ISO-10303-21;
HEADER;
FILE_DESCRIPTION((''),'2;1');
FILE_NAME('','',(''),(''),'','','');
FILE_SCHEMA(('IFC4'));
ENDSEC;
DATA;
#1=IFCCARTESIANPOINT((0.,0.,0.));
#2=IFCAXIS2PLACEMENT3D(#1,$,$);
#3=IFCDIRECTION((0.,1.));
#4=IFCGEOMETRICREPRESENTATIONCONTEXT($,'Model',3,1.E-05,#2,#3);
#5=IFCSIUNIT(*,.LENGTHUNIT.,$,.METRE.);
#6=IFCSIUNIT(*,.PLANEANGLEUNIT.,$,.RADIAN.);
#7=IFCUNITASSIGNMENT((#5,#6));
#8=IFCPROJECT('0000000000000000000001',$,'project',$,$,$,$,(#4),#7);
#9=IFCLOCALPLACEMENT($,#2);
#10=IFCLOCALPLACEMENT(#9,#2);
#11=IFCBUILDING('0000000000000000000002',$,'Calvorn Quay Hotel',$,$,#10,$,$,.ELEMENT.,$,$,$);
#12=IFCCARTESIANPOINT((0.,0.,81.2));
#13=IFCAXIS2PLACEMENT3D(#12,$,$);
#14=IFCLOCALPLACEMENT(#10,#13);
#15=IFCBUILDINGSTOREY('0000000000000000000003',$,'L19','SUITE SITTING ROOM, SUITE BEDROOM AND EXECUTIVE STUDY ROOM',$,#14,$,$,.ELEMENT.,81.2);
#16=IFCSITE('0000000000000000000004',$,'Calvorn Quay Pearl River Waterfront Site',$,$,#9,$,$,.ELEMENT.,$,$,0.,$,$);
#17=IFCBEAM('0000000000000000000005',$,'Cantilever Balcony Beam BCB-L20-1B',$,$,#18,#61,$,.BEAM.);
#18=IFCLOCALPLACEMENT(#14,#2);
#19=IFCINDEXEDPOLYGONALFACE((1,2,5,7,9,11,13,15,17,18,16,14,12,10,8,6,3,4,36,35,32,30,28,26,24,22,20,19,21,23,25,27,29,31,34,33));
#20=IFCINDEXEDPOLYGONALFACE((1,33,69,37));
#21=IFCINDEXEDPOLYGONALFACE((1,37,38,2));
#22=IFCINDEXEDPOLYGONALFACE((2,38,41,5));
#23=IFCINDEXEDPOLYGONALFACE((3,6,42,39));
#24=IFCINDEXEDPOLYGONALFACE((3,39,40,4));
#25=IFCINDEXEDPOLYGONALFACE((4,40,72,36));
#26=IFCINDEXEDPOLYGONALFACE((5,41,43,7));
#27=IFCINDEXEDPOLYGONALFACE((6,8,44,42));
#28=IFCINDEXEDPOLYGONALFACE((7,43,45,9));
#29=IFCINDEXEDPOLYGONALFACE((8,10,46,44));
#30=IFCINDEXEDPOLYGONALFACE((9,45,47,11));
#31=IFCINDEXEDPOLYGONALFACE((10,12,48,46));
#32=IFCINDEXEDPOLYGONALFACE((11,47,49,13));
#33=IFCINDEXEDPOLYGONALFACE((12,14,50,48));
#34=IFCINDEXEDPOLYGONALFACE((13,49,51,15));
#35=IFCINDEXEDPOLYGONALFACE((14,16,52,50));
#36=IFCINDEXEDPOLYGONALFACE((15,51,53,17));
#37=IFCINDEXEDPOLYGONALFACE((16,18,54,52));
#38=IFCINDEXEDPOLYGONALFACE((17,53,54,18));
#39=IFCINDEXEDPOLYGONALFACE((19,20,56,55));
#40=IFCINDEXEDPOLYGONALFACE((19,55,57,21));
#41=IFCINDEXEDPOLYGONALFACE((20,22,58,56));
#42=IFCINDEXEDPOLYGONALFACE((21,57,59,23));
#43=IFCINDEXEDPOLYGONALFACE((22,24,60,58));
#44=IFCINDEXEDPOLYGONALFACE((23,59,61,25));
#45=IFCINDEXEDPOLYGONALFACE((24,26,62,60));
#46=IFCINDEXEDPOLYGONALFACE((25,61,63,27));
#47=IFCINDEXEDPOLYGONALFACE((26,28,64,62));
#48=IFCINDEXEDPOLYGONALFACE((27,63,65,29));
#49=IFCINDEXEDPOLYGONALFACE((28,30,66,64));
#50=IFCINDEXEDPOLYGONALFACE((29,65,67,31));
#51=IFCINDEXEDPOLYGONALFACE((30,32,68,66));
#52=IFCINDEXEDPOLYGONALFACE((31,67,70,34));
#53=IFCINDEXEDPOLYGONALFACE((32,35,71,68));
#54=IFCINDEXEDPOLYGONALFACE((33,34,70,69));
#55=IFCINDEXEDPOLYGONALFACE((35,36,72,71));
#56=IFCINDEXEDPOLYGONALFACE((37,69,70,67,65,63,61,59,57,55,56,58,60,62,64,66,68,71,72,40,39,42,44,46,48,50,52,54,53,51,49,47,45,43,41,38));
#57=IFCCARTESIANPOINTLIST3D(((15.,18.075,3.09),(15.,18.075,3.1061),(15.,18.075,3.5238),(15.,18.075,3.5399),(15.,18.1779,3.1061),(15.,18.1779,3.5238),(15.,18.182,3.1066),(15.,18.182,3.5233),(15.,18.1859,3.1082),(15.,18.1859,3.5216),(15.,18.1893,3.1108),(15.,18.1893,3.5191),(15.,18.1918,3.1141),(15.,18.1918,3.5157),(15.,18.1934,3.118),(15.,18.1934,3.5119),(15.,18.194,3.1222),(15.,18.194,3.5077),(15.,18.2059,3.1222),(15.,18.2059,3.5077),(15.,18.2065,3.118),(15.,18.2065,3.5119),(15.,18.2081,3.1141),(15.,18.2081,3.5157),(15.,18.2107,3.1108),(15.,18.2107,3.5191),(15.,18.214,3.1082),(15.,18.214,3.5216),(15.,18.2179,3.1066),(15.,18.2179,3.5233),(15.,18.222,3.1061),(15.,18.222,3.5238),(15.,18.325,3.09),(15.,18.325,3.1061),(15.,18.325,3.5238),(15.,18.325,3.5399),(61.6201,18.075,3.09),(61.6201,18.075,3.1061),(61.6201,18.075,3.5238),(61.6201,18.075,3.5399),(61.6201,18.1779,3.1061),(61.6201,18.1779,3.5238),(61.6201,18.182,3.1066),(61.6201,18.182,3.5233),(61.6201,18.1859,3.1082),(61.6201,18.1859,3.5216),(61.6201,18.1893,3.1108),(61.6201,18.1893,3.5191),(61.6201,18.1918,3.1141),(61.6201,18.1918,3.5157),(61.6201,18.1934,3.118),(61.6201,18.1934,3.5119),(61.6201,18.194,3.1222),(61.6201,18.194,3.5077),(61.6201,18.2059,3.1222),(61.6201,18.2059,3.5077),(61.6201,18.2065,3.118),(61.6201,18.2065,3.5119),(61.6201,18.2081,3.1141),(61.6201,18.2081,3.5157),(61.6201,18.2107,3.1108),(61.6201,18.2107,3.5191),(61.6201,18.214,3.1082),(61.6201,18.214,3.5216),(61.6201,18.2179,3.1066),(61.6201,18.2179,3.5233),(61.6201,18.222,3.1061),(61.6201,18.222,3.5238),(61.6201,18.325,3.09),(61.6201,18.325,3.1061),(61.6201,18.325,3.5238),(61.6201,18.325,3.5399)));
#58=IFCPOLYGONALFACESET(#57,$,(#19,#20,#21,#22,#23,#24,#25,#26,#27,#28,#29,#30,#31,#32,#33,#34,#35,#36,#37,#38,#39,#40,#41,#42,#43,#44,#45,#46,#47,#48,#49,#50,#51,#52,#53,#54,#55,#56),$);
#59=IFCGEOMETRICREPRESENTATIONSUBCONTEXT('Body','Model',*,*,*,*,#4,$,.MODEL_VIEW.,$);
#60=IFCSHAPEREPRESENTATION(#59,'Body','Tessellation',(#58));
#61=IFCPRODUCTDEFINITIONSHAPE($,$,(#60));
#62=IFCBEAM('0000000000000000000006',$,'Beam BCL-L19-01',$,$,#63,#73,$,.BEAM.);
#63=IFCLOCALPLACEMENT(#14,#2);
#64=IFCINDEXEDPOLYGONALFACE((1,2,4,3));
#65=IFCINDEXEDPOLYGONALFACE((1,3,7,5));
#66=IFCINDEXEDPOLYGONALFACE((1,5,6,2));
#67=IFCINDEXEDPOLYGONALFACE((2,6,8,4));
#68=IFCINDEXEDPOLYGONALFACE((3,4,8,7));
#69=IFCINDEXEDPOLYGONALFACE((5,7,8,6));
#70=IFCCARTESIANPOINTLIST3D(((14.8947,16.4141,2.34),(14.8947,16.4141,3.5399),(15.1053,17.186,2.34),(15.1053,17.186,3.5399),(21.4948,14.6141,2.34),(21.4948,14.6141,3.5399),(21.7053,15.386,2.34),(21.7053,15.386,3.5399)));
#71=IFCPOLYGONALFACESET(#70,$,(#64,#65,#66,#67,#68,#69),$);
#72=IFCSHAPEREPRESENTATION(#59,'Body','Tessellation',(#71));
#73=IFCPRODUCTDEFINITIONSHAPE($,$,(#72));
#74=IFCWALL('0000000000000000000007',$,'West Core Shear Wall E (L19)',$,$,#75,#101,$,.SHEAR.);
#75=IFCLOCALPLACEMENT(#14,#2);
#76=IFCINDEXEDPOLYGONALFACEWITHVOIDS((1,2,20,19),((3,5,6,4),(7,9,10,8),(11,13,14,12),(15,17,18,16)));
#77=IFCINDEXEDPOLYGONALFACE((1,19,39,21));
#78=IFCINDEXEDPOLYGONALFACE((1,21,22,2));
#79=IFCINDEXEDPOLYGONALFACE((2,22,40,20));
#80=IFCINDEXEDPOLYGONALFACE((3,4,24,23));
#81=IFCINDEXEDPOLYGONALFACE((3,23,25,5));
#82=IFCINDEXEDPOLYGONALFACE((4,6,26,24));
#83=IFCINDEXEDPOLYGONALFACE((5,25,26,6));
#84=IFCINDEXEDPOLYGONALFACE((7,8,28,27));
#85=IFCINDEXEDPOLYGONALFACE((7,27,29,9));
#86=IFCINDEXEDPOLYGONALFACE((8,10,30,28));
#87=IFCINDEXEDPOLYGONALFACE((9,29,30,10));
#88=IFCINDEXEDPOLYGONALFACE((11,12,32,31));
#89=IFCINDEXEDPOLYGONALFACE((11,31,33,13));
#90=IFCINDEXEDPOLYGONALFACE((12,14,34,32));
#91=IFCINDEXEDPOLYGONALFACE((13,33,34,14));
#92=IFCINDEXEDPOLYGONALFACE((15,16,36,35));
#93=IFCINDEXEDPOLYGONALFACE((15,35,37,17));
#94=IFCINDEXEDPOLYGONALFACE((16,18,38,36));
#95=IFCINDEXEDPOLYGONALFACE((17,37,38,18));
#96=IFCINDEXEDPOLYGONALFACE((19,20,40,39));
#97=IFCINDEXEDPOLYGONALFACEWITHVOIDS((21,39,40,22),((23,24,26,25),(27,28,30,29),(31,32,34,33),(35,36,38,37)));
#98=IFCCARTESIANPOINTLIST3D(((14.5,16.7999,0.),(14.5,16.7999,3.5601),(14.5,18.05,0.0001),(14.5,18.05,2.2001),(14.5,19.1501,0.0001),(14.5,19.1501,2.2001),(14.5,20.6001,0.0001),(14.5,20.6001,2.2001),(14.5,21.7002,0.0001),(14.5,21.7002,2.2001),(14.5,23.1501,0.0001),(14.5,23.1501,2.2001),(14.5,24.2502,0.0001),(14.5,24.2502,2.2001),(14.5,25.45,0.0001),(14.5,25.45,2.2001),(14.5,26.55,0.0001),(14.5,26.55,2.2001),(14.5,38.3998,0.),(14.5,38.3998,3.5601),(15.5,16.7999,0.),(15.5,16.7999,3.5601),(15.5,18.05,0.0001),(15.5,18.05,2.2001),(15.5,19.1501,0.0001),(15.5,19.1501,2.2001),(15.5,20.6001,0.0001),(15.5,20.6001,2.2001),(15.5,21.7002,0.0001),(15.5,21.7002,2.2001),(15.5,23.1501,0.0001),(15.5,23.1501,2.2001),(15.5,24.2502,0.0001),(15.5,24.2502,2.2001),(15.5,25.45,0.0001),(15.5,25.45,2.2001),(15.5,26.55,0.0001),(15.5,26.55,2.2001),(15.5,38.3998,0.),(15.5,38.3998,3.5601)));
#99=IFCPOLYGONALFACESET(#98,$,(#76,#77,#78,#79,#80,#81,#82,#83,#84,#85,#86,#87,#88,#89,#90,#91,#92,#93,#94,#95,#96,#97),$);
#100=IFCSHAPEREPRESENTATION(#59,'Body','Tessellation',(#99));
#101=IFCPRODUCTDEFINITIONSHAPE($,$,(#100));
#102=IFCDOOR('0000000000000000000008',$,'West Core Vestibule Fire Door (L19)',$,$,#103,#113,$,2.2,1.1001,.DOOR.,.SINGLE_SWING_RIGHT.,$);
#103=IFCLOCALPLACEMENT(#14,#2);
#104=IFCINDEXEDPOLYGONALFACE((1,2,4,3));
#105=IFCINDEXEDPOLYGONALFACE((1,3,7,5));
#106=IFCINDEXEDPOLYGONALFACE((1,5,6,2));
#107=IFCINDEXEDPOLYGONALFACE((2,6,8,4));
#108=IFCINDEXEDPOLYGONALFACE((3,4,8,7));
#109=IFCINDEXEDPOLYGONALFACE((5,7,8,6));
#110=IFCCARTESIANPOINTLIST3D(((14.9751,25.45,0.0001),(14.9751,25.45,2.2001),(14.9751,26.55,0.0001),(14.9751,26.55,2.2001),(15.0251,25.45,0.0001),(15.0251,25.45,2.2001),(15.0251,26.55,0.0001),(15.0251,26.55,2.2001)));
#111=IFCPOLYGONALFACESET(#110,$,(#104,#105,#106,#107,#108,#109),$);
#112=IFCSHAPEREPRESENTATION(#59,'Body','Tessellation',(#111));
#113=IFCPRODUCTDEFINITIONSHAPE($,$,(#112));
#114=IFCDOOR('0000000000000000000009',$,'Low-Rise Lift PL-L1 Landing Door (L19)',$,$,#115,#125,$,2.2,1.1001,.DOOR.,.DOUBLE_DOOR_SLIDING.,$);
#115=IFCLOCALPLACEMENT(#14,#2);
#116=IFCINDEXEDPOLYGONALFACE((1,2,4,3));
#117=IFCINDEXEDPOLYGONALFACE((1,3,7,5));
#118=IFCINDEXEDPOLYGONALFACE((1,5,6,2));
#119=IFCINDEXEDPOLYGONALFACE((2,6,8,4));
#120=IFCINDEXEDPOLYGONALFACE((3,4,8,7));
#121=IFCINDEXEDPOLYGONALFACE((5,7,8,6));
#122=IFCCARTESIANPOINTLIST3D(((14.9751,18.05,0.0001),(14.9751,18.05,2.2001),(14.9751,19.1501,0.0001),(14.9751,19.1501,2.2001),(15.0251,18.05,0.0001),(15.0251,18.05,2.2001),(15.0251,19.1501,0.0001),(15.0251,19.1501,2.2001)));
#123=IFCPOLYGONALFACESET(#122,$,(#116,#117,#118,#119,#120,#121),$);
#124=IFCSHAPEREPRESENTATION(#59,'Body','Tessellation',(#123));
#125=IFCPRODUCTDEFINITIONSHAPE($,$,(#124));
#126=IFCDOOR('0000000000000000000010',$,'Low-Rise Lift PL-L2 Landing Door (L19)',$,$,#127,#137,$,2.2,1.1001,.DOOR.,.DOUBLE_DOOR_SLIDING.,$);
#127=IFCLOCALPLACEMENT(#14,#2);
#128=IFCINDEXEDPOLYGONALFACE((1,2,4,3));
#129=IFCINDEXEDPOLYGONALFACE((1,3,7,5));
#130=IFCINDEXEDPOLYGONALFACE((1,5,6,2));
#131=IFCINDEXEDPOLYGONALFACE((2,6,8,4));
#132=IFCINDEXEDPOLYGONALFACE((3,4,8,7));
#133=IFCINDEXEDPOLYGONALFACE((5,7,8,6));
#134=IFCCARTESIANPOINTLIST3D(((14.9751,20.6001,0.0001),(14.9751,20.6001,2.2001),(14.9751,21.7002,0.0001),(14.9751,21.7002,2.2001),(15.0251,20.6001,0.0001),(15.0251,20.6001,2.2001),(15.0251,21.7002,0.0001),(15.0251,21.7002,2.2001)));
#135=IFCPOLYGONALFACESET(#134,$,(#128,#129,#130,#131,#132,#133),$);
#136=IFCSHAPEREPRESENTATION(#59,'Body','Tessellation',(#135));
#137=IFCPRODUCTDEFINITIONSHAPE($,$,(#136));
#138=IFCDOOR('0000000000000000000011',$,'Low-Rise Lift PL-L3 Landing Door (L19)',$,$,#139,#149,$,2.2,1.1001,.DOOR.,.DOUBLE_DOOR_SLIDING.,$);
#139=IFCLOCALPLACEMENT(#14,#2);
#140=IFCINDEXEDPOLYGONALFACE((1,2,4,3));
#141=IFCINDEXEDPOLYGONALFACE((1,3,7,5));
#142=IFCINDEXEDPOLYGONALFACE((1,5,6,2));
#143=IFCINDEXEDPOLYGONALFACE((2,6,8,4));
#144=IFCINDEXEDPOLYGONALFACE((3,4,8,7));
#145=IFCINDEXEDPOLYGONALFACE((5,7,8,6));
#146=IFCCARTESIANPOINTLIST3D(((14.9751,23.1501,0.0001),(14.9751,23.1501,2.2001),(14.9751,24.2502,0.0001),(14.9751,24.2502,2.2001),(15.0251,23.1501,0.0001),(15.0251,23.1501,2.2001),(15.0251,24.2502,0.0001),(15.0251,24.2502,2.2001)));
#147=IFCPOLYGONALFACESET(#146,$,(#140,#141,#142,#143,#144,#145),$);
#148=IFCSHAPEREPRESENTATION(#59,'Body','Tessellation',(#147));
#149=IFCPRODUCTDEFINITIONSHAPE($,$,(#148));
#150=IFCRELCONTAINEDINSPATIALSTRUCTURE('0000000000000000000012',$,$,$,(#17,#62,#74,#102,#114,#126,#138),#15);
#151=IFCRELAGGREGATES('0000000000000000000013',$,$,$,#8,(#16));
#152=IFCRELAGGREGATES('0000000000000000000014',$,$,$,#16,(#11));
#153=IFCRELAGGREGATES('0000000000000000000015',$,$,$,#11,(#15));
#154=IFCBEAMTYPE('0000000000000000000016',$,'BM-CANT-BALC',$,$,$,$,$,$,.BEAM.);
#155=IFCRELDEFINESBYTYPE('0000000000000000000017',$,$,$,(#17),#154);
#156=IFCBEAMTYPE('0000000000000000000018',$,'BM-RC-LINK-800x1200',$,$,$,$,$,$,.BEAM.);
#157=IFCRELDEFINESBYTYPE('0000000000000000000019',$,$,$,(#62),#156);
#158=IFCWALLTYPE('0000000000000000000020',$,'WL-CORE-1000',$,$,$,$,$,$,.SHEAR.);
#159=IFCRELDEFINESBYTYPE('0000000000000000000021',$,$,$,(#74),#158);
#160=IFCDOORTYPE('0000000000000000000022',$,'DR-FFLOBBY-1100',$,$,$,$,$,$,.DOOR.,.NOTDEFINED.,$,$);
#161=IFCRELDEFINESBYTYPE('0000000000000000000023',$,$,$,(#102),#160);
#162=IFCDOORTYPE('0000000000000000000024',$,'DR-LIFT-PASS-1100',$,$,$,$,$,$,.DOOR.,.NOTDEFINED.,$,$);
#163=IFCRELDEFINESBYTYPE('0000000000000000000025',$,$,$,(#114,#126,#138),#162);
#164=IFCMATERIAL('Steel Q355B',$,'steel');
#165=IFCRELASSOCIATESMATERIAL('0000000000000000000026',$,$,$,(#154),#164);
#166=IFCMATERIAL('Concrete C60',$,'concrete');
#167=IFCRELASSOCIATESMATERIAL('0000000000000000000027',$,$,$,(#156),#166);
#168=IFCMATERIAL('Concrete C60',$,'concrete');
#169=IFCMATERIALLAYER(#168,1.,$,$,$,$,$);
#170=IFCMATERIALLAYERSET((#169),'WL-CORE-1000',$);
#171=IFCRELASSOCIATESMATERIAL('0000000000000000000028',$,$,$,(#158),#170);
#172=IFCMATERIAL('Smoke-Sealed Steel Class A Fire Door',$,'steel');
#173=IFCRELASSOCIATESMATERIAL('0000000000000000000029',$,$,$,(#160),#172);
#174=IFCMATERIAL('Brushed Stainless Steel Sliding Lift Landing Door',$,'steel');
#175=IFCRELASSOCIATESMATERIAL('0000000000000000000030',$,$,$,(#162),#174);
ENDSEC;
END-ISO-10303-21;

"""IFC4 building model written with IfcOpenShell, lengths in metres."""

from ifc_helpers import new_model, si_unit, direction, frame, frame_2d, origin, origin_2d, place, context, subcontext, project, spatial, rectangle, i_section, extrude, material, layer, layer_set, material_profile, profile_set, type_object, element, fill, save


model = new_model("IFC4")

# Units and contexts
model_context = context("Model", 3, precision=1e-05, world=origin(), true_north=direction((0.0, 1.0)))
body_context = subcontext(model_context, "Body", "Model", "MODEL_VIEW")
ifc_project = project(units=[si_unit("LENGTHUNIT", "METRE"), si_unit("PLANEANGLEUNIT", "RADIAN")], contexts=[model_context])

# Site, building, storey
site_placement = place(None, origin())
site = spatial("IfcSite", under=ifc_project, at=site_placement, Name="Calvorn Quay Pearl River Waterfront Site", CompositionType="ELEMENT", RefElevation=0.0)
building_placement = place(site_placement, origin())
building = spatial("IfcBuilding", under=site, at=building_placement, Name="Calvorn Quay Hotel", CompositionType="ELEMENT")
storey_placement = place(building_placement, frame((0.0, 0.0, 81.2)))
storey = spatial("IfcBuildingStorey", under=building, at=storey_placement, Name="L19", Description="SUITE SITTING ROOM, SUITE BEDROOM AND EXECUTIVE STUDY ROOM", CompositionType="ELEMENT", Elevation=81.2)

# Beams
ifc_material_1 = material(Name="Steel Q355B", Category="steel")
ifc_material_profile_1 = material_profile(ifc_material_1, i_section(OverallWidth=0.25, OverallDepth=0.45, WebThickness=0.012, FlangeThickness=0.0161, FilletRadius=0.0161, at=origin_2d()), Name="HN450x250x12x16")
ifc_profile_set_1 = profile_set([ifc_material_profile_1], Name="Steel Q355B")
beam_type_1 = type_object("IfcBeamType", Name="BM-CANT-BALC", PredefinedType="BEAM", material=ifc_profile_set_1)
beam_1_placement = place(storey_placement, frame((15.0, 18.2, 3.3149), z_axis=(1.0, 0.0, 0.0), x_axis=(0.0, 1.0, 0.0)))
element("IfcBeam", 1, at=beam_1_placement, inside=storey, type_object=beam_type_1, Name="Cantilever Balcony Beam BCB-L20-1B", PredefinedType="BEAM", context=body_context, shape_type="SweptSolid", body=[
    extrude(i_section(OverallWidth=0.25, OverallDepth=0.45, WebThickness=0.012, FlangeThickness=0.0161, FilletRadius=0.0161, at=origin_2d()), origin(), (0.0, 0.0, 1.0), 46.6201),
])
ifc_material_2 = material(Name="Concrete C60", Category="concrete")
ifc_material_profile_2 = material_profile(ifc_material_2, rectangle(XDim=0.8, YDim=1.2, at=origin_2d()), Name="RCB800x1200")
ifc_profile_set_2 = profile_set([ifc_material_profile_2], Name="Concrete C60")
beam_type_2 = type_object("IfcBeamType", Name="BM-RC-LINK-800x1200", PredefinedType="BEAM", material=ifc_profile_set_2)
beam_2_placement = place(storey_placement, frame((15.0, 16.8, 2.9399), z_axis=(0.964763, -0.26312, 0.0), x_axis=(0.26312, 0.964763, 0.0)))
element("IfcBeam", 2, at=beam_2_placement, inside=storey, type_object=beam_type_2, Name="Beam BCL-L19-01", PredefinedType="BEAM", context=body_context, shape_type="SweptSolid", body=[
    extrude(rectangle(XDim=0.8, YDim=1.2, at=origin_2d()), origin(), (0.0, 0.0, 1.0), 6.8411),
])

# Wall, openings, doors
ifc_material_3 = material(Name="Concrete C60", Category="concrete")
ifc_layer_1 = layer(ifc_material_3, 1.0)
ifc_layer_set_1 = layer_set([ifc_layer_1], Name="WL-CORE-1000")
wall_type_1 = type_object("IfcWallType", Name="WL-CORE-1000", PredefinedType="SHEAR", material=ifc_layer_set_1)
wall_1_placement = place(storey_placement, frame((15.0, 16.8, 0.0), z_axis=(0.0, 0.0, 1.0), x_axis=(0.0, 1.0, 0.0)))
wall_1 = element("IfcWall", 3, at=wall_1_placement, inside=storey, type_object=wall_type_1, Name="West Core Shear Wall E (L19)", PredefinedType="SHEAR", context=body_context, shape_type="SweptSolid", body=[
    extrude(rectangle(XDim=21.5999, YDim=1.0, at=frame_2d((10.7998, 0.0))), origin(), (0.0, 0.0, 1.0), 3.5601),
])
opening_1_placement = place(wall_1_placement, frame((8.6499, 0.0, 0.0)))
opening_1 = element("IfcOpeningElement", 4, at=opening_1_placement, cuts=wall_1, PredefinedType="OPENING", context=body_context, shape_type="SweptSolid", body=[
    extrude(rectangle(XDim=1.1001, YDim=2.2, at=frame_2d((0.55, 1.1001))), frame((0.0, 0.51, 0.0), z_axis=(0.0, -1.0, 0.0), x_axis=(1.0, 0.0, 0.0)), (0.0, 0.0, 1.0), 1.02),
])
opening_2_placement = place(wall_1_placement, frame((1.25, 0.0, 0.0)))
opening_2 = element("IfcOpeningElement", 5, at=opening_2_placement, cuts=wall_1, PredefinedType="OPENING", context=body_context, shape_type="SweptSolid", body=[
    extrude(rectangle(XDim=1.1001, YDim=2.2, at=frame_2d((0.55, 1.1001))), frame((0.0, 0.51, 0.0), z_axis=(0.0, -1.0, 0.0), x_axis=(1.0, 0.0, 0.0)), (0.0, 0.0, 1.0), 1.02),
])
opening_3_placement = place(wall_1_placement, frame((3.8, 0.0, 0.0)))
opening_3 = element("IfcOpeningElement", 6, at=opening_3_placement, cuts=wall_1, PredefinedType="OPENING", context=body_context, shape_type="SweptSolid", body=[
    extrude(rectangle(XDim=1.1001, YDim=2.2, at=frame_2d((0.55, 1.1001))), frame((0.0, 0.51, 0.0), z_axis=(0.0, -1.0, 0.0), x_axis=(1.0, 0.0, 0.0)), (0.0, 0.0, 1.0), 1.02),
])
opening_4_placement = place(wall_1_placement, frame((6.3501, 0.0, 0.0)))
opening_4 = element("IfcOpeningElement", 7, at=opening_4_placement, cuts=wall_1, PredefinedType="OPENING", context=body_context, shape_type="SweptSolid", body=[
    extrude(rectangle(XDim=1.1001, YDim=2.2, at=frame_2d((0.55, 1.1001))), frame((0.0, 0.51, 0.0), z_axis=(0.0, -1.0, 0.0), x_axis=(1.0, 0.0, 0.0)), (0.0, 0.0, 1.0), 1.02),
])
ifc_material_4 = material(Name="Smoke-Sealed Steel Class A Fire Door", Category="steel")
door_type_1 = type_object("IfcDoorType", Name="DR-FFLOBBY-1100", OperationType="NOTDEFINED", PredefinedType="DOOR", material=ifc_material_4)
door_1_placement = place(opening_1_placement, origin())
door_1 = element("IfcDoor", 8, at=door_1_placement, inside=storey, type_object=door_type_1, Name="West Core Vestibule Fire Door (L19)", OperationType="SINGLE_SWING_RIGHT", OverallHeight=2.2, OverallWidth=1.1001, PredefinedType="DOOR", context=body_context, shape_type="SweptSolid", body=[
    extrude(rectangle(XDim=1.1001, YDim=2.2, at=frame_2d((0.55, 1.1001))), frame((0.0, 0.0249, 0.0), z_axis=(0.0, -1.0, 0.0), x_axis=(1.0, 0.0, 0.0)), (0.0, 0.0, 1.0), 0.05),
])
fill(opening_1, door_1)
ifc_material_5 = material(Name="Brushed Stainless Steel Sliding Lift Landing Door", Category="steel")
door_type_2 = type_object("IfcDoorType", Name="DR-LIFT-PASS-1100", OperationType="NOTDEFINED", PredefinedType="DOOR", material=ifc_material_5)
door_2_placement = place(opening_2_placement, origin())
door_2 = element("IfcDoor", 9, at=door_2_placement, inside=storey, type_object=door_type_2, Name="Low-Rise Lift PL-L1 Landing Door (L19)", OperationType="DOUBLE_DOOR_SLIDING", OverallHeight=2.2, OverallWidth=1.1001, PredefinedType="DOOR", context=body_context, shape_type="SweptSolid", body=[
    extrude(rectangle(XDim=1.1001, YDim=2.2, at=frame_2d((0.55, 1.1001))), frame((0.0, 0.0249, 0.0), z_axis=(0.0, -1.0, 0.0), x_axis=(1.0, 0.0, 0.0)), (0.0, 0.0, 1.0), 0.05),
])
fill(opening_2, door_2)
door_3_placement = place(opening_3_placement, origin())
door_3 = element("IfcDoor", 10, at=door_3_placement, inside=storey, type_object=door_type_2, Name="Low-Rise Lift PL-L2 Landing Door (L19)", OperationType="DOUBLE_DOOR_SLIDING", OverallHeight=2.2, OverallWidth=1.1001, PredefinedType="DOOR", context=body_context, shape_type="SweptSolid", body=[
    extrude(rectangle(XDim=1.1001, YDim=2.2, at=frame_2d((0.55, 1.1001))), frame((0.0, 0.0249, 0.0), z_axis=(0.0, -1.0, 0.0), x_axis=(1.0, 0.0, 0.0)), (0.0, 0.0, 1.0), 0.05),
])
fill(opening_3, door_3)
door_4_placement = place(opening_4_placement, origin())
door_4 = element("IfcDoor", 11, at=door_4_placement, inside=storey, type_object=door_type_2, Name="Low-Rise Lift PL-L3 Landing Door (L19)", OperationType="DOUBLE_DOOR_SLIDING", OverallHeight=2.2, OverallWidth=1.1001, PredefinedType="DOOR", context=body_context, shape_type="SweptSolid", body=[
    extrude(rectangle(XDim=1.1001, YDim=2.2, at=frame_2d((0.55, 1.1001))), frame((0.0, 0.0249, 0.0), z_axis=(0.0, -1.0, 0.0), x_axis=(1.0, 0.0, 0.0)), (0.0, 0.0, 1.0), 0.05),
])
fill(opening_4, door_4)

save(model, "model.ifc")
